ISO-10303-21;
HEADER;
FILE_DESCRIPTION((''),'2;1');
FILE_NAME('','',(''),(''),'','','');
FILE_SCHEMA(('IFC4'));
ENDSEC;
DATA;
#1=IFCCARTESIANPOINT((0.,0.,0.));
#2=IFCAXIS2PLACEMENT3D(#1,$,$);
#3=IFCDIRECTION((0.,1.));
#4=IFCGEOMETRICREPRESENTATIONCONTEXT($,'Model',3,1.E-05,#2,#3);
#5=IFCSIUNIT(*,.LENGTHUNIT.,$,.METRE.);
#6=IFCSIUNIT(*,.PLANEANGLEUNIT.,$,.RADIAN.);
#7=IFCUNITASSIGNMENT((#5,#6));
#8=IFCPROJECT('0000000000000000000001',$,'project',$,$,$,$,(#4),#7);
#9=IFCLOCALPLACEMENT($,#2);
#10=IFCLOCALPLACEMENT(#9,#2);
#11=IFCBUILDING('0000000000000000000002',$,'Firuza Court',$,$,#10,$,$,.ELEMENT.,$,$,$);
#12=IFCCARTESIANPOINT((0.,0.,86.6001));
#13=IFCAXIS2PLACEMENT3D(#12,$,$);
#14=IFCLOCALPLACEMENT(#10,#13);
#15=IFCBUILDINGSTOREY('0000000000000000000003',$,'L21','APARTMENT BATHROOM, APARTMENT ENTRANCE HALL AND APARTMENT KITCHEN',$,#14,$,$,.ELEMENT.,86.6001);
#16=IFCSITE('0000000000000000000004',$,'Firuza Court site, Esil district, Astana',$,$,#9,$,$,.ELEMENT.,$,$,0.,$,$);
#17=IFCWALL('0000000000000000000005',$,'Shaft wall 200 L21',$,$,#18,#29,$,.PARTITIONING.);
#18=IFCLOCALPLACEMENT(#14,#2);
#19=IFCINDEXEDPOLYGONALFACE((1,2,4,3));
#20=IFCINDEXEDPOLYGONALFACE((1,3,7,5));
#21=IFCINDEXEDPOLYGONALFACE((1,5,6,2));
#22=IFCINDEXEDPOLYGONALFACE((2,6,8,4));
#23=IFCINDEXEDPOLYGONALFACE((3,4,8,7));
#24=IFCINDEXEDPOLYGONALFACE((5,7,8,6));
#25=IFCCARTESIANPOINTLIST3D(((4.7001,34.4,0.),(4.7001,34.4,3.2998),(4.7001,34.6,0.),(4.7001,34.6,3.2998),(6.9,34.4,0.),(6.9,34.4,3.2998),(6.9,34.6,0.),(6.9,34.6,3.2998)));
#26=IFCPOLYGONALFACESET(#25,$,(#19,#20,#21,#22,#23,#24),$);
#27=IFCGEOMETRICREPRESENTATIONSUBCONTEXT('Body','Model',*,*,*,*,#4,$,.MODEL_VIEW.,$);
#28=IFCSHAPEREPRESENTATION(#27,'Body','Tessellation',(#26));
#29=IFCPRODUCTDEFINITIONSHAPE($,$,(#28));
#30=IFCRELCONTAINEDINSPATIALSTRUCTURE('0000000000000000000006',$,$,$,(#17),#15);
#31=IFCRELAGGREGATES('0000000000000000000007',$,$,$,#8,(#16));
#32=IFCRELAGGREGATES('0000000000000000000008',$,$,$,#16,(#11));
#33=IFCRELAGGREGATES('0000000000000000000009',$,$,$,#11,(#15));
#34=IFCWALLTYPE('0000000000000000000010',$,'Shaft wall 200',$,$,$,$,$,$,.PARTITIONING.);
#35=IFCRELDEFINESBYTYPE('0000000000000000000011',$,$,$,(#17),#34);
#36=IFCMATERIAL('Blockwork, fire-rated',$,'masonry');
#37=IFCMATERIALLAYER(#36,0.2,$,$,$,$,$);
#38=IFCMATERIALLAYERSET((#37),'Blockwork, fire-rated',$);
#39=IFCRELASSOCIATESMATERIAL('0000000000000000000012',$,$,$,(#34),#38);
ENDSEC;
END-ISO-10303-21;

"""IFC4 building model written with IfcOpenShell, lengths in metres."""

from ifc_helpers import new_model, si_unit, direction, frame, frame_2d, origin, place, context, subcontext, project, spatial, rectangle, extrude, material, layer, layer_set, type_object, element, save


model = new_model("IFC4")

# Units and contexts
model_context = context("Model", 3, precision=1e-05, world=origin(), true_north=direction((0.0, 1.0)))
body_context = subcontext(model_context, "Body", "Model", "MODEL_VIEW")
ifc_project = project(units=[si_unit("LENGTHUNIT", "METRE"), si_unit("PLANEANGLEUNIT", "RADIAN")], contexts=[model_context])

# Site, building, storey
site_placement = place(None, origin())
site = spatial("IfcSite", under=ifc_project, at=site_placement, Name="Firuza Court site, Esil district, Astana", CompositionType="ELEMENT", RefElevation=0.0)
building_placement = place(site_placement, origin())
building = spatial("IfcBuilding", under=site, at=building_placement, Name="Firuza Court", CompositionType="ELEMENT")
storey_placement = place(building_placement, frame((0.0, 0.0, 86.6001)))
storey = spatial("IfcBuildingStorey", under=building, at=storey_placement, Name="L21", Description="APARTMENT BATHROOM, APARTMENT ENTRANCE HALL AND APARTMENT KITCHEN", CompositionType="ELEMENT", Elevation=86.6001)

# Wall
ifc_material_1 = material(Name="Blockwork, fire-rated", Category="masonry")
ifc_layer_1 = layer(ifc_material_1, 0.2)
ifc_layer_set_1 = layer_set([ifc_layer_1], Name="Blockwork, fire-rated")
wall_type_1 = type_object("IfcWallType", Name="Shaft wall 200", PredefinedType="PARTITIONING", material=ifc_layer_set_1)
wall_1_placement = place(storey_placement, frame((4.7, 34.5, 0.0), z_axis=(0.0, 0.0, 1.0), x_axis=(1.0, 0.0, 0.0)))
element("IfcWall", 1, at=wall_1_placement, inside=storey, type_object=wall_type_1, Name="Shaft wall 200 L21", PredefinedType="PARTITIONING", context=body_context, shape_type="SweptSolid", body=[
    extrude(rectangle(XDim=2.2, YDim=0.2, at=frame_2d((1.1001, 0.0))), origin(), (0.0, 0.0, 1.0), 3.2998),
])

save(model, "model.ifc")
